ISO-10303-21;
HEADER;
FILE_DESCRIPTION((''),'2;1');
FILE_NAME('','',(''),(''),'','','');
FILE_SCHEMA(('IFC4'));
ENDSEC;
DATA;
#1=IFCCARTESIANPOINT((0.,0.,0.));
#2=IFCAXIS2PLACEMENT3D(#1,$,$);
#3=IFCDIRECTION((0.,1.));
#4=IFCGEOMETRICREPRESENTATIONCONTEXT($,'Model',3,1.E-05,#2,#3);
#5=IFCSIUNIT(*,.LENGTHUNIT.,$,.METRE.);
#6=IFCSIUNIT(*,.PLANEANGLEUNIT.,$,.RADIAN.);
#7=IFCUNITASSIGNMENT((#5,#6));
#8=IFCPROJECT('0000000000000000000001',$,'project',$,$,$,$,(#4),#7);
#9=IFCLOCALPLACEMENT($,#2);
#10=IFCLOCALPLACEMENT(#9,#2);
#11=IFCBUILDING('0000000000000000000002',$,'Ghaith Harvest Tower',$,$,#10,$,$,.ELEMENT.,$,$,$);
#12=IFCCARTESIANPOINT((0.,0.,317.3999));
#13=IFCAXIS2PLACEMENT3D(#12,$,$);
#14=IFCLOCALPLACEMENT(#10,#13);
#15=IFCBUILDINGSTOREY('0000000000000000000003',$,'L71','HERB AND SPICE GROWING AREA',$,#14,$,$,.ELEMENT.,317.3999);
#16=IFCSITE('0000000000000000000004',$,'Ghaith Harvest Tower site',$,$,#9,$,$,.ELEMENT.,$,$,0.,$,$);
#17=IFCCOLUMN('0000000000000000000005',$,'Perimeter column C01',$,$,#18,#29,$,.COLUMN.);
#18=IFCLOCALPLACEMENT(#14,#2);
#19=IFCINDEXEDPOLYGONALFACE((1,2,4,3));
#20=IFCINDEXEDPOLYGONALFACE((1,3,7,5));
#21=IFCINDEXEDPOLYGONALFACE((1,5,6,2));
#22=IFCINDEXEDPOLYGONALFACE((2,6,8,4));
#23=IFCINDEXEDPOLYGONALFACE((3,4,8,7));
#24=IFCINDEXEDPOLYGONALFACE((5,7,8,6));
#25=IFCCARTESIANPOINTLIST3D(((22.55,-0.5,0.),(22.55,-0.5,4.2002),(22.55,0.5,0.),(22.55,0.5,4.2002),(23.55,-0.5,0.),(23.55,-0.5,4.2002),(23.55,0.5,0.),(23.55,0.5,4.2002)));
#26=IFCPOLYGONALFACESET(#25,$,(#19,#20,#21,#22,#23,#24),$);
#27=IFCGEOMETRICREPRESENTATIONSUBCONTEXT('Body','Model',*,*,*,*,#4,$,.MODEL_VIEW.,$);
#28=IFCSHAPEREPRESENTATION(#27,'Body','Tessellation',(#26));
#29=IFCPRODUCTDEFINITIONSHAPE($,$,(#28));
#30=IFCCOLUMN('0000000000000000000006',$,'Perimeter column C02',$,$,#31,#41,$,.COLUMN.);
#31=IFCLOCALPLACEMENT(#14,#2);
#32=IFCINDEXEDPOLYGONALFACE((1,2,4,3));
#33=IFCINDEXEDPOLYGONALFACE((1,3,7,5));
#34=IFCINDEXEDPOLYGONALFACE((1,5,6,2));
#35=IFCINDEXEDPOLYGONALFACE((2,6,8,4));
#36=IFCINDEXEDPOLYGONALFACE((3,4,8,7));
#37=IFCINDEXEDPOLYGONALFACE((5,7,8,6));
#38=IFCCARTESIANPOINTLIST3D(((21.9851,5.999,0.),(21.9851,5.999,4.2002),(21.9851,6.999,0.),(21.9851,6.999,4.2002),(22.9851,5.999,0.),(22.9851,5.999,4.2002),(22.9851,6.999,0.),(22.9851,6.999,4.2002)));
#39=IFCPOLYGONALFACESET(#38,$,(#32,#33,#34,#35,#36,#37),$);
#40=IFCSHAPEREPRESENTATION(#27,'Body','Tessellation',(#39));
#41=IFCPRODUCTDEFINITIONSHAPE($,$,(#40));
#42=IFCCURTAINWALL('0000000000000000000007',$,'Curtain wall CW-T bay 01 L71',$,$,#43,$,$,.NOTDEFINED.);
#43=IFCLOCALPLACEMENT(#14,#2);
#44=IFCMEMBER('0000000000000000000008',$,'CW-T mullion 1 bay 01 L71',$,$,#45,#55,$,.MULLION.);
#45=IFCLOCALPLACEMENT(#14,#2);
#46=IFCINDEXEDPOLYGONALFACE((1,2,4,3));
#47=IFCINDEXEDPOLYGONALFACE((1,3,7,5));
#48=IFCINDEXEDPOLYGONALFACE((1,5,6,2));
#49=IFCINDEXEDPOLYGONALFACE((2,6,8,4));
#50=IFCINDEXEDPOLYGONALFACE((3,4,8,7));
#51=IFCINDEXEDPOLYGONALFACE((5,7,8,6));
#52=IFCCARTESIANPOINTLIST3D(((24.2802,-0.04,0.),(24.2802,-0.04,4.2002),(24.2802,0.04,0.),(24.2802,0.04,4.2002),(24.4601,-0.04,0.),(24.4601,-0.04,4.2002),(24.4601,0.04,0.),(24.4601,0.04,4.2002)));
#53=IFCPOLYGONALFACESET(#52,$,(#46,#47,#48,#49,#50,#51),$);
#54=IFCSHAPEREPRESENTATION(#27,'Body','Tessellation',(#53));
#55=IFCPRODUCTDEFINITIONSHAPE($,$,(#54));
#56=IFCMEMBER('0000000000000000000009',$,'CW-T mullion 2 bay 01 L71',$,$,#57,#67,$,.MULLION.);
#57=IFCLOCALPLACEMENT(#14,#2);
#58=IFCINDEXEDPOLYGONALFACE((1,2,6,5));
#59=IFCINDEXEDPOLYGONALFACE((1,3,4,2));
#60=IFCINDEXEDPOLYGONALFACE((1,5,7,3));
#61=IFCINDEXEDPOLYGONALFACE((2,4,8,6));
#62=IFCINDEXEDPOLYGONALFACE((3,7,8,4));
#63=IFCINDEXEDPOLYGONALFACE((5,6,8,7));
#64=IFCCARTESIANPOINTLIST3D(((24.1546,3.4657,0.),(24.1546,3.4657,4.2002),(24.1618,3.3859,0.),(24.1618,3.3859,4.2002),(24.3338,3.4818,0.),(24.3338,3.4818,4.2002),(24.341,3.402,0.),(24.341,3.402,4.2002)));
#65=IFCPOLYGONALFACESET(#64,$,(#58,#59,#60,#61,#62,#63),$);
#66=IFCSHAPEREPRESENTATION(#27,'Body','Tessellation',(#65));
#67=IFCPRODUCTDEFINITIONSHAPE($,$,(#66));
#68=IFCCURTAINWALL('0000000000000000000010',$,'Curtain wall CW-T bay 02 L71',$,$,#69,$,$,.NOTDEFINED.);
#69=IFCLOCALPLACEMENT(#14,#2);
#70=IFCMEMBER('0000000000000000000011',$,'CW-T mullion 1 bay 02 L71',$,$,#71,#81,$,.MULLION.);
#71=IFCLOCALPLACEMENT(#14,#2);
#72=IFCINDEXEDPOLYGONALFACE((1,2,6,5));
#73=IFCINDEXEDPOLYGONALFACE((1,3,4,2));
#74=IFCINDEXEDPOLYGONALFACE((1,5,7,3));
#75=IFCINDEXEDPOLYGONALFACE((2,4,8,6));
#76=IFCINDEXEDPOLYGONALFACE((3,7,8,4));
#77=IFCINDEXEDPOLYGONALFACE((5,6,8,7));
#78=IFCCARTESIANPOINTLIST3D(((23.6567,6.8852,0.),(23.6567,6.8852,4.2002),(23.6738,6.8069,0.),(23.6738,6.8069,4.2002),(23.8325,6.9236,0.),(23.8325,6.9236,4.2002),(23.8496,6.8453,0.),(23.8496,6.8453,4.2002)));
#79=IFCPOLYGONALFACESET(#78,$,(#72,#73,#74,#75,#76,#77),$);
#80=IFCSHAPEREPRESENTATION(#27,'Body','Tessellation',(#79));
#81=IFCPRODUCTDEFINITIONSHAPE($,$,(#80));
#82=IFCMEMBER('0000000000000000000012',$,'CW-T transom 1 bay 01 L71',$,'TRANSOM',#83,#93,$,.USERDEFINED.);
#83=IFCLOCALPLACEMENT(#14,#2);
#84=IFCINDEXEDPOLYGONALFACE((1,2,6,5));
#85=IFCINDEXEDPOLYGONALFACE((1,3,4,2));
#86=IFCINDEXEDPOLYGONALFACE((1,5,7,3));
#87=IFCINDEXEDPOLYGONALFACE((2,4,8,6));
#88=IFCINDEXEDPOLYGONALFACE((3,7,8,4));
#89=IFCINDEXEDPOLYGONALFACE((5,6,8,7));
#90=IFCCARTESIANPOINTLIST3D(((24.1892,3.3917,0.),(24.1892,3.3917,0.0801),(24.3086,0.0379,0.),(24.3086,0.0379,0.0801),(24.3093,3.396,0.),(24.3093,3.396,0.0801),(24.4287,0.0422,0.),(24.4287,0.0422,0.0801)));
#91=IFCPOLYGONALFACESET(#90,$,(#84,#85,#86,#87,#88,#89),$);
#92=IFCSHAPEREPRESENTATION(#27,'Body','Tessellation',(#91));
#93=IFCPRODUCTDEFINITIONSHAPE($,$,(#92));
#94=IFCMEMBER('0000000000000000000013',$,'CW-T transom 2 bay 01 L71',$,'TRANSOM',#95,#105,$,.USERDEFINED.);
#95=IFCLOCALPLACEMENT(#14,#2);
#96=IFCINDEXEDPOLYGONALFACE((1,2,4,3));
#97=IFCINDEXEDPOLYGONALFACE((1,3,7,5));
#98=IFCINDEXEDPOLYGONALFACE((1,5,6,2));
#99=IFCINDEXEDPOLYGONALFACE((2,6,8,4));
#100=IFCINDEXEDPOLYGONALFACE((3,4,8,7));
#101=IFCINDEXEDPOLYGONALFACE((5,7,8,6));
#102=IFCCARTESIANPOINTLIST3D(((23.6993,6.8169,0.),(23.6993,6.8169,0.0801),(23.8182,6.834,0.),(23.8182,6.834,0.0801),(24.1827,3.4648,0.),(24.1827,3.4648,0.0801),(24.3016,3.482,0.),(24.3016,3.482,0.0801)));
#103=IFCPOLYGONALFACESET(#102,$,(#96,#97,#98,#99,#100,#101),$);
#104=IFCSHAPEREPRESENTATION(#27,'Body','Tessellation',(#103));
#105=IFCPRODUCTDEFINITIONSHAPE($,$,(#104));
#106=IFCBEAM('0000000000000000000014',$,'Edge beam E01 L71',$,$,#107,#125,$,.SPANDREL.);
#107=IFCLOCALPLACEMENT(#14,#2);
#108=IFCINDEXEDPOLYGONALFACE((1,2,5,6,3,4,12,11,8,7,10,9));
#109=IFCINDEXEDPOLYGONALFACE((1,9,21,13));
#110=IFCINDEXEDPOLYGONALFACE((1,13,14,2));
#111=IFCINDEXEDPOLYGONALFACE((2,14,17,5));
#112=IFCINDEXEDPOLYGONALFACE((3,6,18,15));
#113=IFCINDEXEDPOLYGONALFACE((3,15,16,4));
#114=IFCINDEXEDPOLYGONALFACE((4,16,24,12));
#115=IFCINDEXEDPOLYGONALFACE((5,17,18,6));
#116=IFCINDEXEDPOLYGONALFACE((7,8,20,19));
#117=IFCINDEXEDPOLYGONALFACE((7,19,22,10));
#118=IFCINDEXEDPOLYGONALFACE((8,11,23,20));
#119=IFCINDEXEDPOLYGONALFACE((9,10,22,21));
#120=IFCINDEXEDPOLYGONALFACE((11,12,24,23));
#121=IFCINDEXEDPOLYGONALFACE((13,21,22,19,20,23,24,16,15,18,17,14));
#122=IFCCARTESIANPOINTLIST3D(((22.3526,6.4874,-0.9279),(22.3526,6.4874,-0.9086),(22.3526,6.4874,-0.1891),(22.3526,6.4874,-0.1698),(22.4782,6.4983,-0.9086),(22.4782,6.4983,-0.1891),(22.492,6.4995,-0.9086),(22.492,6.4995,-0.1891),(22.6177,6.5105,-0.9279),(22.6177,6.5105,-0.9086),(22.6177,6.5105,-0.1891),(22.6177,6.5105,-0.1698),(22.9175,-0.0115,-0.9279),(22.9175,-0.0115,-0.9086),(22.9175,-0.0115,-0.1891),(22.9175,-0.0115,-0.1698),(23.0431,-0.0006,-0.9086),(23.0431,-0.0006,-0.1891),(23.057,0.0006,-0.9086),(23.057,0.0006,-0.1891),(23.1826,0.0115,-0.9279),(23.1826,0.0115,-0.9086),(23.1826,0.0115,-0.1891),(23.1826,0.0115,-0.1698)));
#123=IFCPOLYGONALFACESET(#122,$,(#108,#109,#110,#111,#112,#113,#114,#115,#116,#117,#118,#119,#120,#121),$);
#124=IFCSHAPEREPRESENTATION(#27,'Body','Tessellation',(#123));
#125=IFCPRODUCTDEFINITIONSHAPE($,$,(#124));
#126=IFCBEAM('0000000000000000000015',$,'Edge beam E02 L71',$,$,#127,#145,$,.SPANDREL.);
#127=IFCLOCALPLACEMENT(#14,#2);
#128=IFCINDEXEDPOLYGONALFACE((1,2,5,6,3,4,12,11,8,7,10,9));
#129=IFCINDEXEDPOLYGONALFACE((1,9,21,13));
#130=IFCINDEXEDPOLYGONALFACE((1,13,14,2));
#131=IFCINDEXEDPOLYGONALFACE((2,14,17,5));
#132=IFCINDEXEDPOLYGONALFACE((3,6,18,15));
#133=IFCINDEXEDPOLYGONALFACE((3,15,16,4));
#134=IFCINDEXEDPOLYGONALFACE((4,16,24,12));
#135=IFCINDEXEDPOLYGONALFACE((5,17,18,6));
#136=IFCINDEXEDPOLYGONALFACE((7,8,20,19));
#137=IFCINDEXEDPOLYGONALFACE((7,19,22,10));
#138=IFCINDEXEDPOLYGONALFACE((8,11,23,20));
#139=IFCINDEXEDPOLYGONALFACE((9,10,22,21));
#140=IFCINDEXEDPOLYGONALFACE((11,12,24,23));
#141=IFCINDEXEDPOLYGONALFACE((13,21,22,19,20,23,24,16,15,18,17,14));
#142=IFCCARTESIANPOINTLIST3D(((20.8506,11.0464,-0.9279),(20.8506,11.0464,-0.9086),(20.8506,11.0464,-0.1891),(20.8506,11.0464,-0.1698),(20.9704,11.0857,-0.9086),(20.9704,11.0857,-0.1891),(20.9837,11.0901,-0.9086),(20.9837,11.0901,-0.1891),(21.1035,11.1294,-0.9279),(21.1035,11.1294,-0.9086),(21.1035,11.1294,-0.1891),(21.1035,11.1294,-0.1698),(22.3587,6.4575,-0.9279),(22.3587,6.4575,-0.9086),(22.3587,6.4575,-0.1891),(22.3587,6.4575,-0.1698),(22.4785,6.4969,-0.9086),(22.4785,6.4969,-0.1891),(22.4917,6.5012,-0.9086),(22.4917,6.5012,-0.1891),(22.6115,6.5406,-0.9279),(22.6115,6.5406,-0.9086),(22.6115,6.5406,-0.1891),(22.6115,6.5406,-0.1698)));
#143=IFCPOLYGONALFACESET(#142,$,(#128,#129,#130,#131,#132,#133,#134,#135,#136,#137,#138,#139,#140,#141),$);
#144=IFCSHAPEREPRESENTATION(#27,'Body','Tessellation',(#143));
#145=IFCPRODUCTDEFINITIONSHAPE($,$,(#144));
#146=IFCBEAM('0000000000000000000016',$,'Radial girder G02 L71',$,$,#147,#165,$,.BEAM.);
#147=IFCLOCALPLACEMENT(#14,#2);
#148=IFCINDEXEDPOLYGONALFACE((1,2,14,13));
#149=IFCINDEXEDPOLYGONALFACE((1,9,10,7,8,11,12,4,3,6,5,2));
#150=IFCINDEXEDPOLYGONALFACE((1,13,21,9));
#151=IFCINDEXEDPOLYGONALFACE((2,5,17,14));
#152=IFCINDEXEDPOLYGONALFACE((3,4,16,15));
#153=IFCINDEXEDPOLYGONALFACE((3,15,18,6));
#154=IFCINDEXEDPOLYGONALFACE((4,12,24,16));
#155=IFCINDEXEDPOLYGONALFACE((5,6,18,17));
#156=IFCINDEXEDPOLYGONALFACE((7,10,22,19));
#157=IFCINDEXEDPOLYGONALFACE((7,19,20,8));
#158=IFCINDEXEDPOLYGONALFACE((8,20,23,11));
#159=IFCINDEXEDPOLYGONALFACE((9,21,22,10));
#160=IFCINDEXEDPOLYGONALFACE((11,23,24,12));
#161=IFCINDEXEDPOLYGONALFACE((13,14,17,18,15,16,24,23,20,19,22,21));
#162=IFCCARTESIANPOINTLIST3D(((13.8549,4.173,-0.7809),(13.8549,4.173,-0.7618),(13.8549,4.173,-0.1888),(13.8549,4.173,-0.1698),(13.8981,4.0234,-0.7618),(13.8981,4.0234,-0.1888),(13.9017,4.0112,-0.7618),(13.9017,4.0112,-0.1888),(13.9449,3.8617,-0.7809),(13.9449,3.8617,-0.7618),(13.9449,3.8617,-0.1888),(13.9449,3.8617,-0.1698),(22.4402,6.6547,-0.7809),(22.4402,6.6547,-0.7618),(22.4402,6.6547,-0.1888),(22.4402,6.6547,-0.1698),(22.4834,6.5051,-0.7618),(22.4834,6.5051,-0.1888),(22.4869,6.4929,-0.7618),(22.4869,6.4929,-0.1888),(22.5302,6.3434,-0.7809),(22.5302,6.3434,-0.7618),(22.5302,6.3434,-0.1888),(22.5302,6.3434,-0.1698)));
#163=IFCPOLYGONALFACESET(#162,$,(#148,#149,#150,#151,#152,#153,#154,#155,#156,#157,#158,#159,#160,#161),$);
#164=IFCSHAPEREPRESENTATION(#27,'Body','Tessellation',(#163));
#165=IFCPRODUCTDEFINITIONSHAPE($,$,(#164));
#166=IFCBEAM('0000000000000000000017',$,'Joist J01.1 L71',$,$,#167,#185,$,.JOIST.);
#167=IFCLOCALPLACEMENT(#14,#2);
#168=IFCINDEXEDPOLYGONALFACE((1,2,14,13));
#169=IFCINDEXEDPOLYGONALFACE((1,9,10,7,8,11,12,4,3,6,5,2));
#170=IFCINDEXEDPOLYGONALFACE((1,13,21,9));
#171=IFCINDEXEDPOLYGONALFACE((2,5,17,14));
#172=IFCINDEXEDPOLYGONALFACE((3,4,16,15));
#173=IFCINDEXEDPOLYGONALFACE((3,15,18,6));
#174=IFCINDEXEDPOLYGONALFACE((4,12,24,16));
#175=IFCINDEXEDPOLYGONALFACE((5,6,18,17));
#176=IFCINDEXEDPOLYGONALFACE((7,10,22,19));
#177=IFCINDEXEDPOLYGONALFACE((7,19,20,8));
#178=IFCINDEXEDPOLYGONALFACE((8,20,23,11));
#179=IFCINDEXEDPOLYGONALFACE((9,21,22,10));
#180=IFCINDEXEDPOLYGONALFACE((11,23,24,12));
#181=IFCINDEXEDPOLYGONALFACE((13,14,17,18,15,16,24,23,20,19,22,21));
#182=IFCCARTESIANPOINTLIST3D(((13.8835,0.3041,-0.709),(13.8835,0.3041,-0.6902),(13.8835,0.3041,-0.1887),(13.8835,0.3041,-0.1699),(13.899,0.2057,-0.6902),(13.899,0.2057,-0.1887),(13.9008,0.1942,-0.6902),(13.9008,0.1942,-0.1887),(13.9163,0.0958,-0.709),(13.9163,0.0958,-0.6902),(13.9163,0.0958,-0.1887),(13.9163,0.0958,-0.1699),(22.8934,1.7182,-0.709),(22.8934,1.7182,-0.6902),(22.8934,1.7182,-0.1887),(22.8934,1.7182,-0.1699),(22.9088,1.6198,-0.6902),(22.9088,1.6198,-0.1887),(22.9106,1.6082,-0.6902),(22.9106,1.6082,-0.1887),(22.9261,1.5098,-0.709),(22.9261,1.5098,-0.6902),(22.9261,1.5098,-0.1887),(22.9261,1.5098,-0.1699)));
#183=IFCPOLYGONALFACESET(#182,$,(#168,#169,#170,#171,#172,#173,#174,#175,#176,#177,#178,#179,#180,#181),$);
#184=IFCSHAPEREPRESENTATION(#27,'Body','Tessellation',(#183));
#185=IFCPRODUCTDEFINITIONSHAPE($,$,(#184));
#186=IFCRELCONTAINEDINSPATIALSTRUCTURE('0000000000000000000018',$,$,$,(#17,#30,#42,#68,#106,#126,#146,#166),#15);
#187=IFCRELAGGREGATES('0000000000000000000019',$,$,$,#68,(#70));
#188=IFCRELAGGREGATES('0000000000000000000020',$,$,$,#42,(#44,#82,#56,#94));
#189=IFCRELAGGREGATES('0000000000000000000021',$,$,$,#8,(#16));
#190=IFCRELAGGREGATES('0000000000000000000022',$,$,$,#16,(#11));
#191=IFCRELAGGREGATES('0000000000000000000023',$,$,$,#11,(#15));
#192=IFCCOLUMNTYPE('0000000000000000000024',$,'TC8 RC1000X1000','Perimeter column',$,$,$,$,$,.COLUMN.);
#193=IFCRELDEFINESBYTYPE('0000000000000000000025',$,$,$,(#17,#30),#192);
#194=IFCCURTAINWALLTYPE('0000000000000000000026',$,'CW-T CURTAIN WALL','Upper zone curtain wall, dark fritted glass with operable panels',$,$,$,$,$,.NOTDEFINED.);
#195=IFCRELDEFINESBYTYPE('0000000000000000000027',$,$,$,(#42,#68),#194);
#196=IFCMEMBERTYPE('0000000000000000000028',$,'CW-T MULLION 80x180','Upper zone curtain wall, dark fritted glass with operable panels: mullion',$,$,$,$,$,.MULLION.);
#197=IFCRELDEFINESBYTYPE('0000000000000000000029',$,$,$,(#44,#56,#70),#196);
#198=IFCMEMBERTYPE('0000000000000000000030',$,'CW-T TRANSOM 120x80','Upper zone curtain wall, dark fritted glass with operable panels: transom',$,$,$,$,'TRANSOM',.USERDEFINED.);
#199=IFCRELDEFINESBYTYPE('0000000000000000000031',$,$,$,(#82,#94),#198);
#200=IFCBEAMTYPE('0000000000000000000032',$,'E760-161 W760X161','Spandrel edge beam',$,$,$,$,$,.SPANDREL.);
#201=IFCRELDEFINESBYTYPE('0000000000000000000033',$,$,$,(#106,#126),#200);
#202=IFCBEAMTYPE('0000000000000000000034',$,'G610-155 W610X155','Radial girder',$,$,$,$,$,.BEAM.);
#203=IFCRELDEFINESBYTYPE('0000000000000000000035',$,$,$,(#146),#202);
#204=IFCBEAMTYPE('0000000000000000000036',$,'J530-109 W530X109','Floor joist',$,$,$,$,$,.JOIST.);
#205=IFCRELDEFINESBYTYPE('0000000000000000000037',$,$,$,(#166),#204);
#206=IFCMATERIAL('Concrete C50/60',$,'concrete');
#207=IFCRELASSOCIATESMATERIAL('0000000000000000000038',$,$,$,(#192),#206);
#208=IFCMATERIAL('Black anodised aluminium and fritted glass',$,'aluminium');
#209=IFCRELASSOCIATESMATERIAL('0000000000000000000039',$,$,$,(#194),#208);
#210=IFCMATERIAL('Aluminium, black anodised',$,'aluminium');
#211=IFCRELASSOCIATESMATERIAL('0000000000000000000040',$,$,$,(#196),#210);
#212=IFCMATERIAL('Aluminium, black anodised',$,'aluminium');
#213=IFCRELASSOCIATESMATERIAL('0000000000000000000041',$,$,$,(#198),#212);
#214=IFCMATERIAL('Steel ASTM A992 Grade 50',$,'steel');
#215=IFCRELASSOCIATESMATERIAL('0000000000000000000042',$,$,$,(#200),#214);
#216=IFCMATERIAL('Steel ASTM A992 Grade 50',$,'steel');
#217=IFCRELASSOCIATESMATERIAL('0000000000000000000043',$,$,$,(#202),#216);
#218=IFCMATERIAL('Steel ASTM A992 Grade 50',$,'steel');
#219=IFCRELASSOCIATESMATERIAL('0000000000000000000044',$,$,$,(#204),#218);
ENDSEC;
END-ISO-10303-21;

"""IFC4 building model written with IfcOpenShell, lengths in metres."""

from ifc_helpers import new_model, si_unit, direction, frame, origin, origin_2d, place, context, subcontext, project, spatial, rectangle, i_section, extrude, material, material_profile, profile_set, type_object, element, aggregate, save


model = new_model("IFC4")

# Units and contexts
model_context = context("Model", 3, precision=1e-05, world=origin(), true_north=direction((0.0, 1.0)))
body_context = subcontext(model_context, "Body", "Model", "MODEL_VIEW")
ifc_project = project(units=[si_unit("LENGTHUNIT", "METRE"), si_unit("PLANEANGLEUNIT", "RADIAN")], contexts=[model_context])

# Site, building, storey
site_placement = place(None, origin())
site = spatial("IfcSite", under=ifc_project, at=site_placement, Name="Ghaith Harvest Tower site", CompositionType="ELEMENT", RefElevation=0.0)
building_placement = place(site_placement, origin())
building = spatial("IfcBuilding", under=site, at=building_placement, Name="Ghaith Harvest Tower", CompositionType="ELEMENT")
storey_placement = place(building_placement, frame((0.0, 0.0, 317.3999)))
storey = spatial("IfcBuildingStorey", under=building, at=storey_placement, Name="L71", Description="HERB AND SPICE GROWING AREA", CompositionType="ELEMENT", Elevation=317.3999)

# Columns
ifc_material_1 = material(Name="Concrete C50/60", Category="concrete")
ifc_material_profile_1 = material_profile(ifc_material_1, rectangle(XDim=1.0, YDim=1.0, at=origin_2d()), Name="RC1000X1000")
ifc_profile_set_1 = profile_set([ifc_material_profile_1], Name="Concrete C50/60")
column_type = type_object("IfcColumnType", Name="TC8 RC1000X1000", Description="Perimeter column", PredefinedType="COLUMN", material=ifc_profile_set_1)
for number, where, z_axis, x_axis, name in (
    (1, (23.05, 0.0, 0.0), (0.0, 0.0, 1.0), (1.0, 0.0, 0.0), "Perimeter column C01"),
    (2, (22.4851, 6.499, 0.0), (0.0, 0.0, 1.0), (1.0, 0.0, 0.0), "Perimeter column C02"),
):
    element("IfcColumn", number, at=place(storey_placement, frame(where, z_axis=z_axis, x_axis=x_axis)), inside=storey, type_object=column_type, Name=name, PredefinedType="COLUMN", context=body_context, shape_type="SweptSolid", body=[
        extrude(rectangle(XDim=1.0, YDim=1.0, at=origin_2d()), origin(), (0.0, 0.0, 1.0), 4.2002),
    ])

# Curtain wall, members
ifc_material_2 = material(Name="Black anodised aluminium and fritted glass", Category="aluminium")
curtain_wall_type = type_object("IfcCurtainWallType", Name="CW-T CURTAIN WALL", Description="Upper zone curtain wall, dark fritted glass with operable panels", PredefinedType="NOTDEFINED", material=ifc_material_2)
curtain_wall_1_placement = place(storey_placement, origin())
curtain_wall_1 = element("IfcCurtainWall", 3, at=curtain_wall_1_placement, inside=storey, type_object=curtain_wall_type, Name="Curtain wall CW-T bay 01 L71", PredefinedType="NOTDEFINED")
ifc_material_3 = material(Name="Aluminium, black anodised", Category="aluminium")
ifc_material_profile_2 = material_profile(ifc_material_3, rectangle(XDim=0.0801, YDim=0.1799, at=origin_2d()), Name="CW-T MULLION 80x180")
ifc_profile_set_2 = profile_set([ifc_material_profile_2], Name="Aluminium, black anodised")
member_type_1 = type_object("IfcMemberType", Name="CW-T MULLION 80x180", Description="Upper zone curtain wall, dark fritted glass with operable panels: mullion", PredefinedType="MULLION", material=ifc_profile_set_2)
member_1_placement = place(storey_placement, frame((24.3701, 0.0, 0.0), z_axis=(0.0, 0.0, 1.0), x_axis=(0.0, 1.0, 0.0)))
member_1 = element("IfcMember", 4, at=member_1_placement, type_object=member_type_1, Name="CW-T mullion 1 bay 01 L71", PredefinedType="MULLION", context=body_context, shape_type="SweptSolid", body=[
    extrude(rectangle(XDim=0.0801, YDim=0.1799, at=origin_2d()), origin(), (0.0, 0.0, 1.0), 4.2002),
])
member_2_placement = place(storey_placement, frame((24.2478, 3.4338, 0.0), z_axis=(0.0, 0.0, 1.0), x_axis=(-0.089502, 0.995987, 0.0)))
member_2 = element("IfcMember", 5, at=member_2_placement, type_object=member_type_1, Name="CW-T mullion 2 bay 01 L71", PredefinedType="MULLION", context=body_context, shape_type="SweptSolid", body=[
    extrude(rectangle(XDim=0.0801, YDim=0.1799, at=origin_2d()), origin(), (0.0, 0.0, 1.0), 4.2002),
])

# Curtain wall, member
curtain_wall_2_placement = place(storey_placement, origin())
curtain_wall_2 = element("IfcCurtainWall", 6, at=curtain_wall_2_placement, inside=storey, type_object=curtain_wall_type, Name="Curtain wall CW-T bay 02 L71", PredefinedType="NOTDEFINED")
member_3_placement = place(storey_placement, frame((23.7532, 6.8652, 0.0), z_axis=(0.0, 0.0, 1.0), x_axis=(-0.213402, 0.976964, 0.0)))
member_3 = element("IfcMember", 7, at=member_3_placement, type_object=member_type_1, Name="CW-T mullion 1 bay 02 L71", PredefinedType="MULLION", context=body_context, shape_type="SweptSolid", body=[
    extrude(rectangle(XDim=0.0801, YDim=0.1799, at=origin_2d()), origin(), (0.0, 0.0, 1.0), 4.2002),
])
aggregate(curtain_wall_2, [member_3])

# Members
ifc_material_4 = material(Name="Aluminium, black anodised", Category="aluminium")
ifc_material_profile_3 = material_profile(ifc_material_4, rectangle(XDim=0.1201, YDim=0.0801, at=origin_2d()), Name="CW-T TRANSOM 120x80")
ifc_profile_set_3 = profile_set([ifc_material_profile_3], Name="Aluminium, black anodised")
member_type_2 = type_object("IfcMemberType", Name="CW-T TRANSOM 120x80", Description="Upper zone curtain wall, dark fritted glass with operable panels: transom", ElementType="TRANSOM", PredefinedType="USERDEFINED", material=ifc_profile_set_3)
member_4_placement = place(storey_placement, frame((24.3687, 0.04, 0.04), z_axis=(-0.035575, 0.999367, 0.0), x_axis=(-0.999367, -0.035575, 0.0)))
member_4 = element("IfcMember", 8, at=member_4_placement, type_object=member_type_2, Name="CW-T transom 1 bay 01 L71", ObjectType="TRANSOM", PredefinedType="USERDEFINED", context=body_context, shape_type="SweptSolid", body=[
    extrude(rectangle(XDim=0.1201, YDim=0.0801, at=origin_2d()), origin(), (0.0, 0.0, 1.0), 3.356),
])
member_5_placement = place(storey_placement, frame((24.2422, 3.4734, 0.04), z_axis=(-0.142733, 0.989761, 0.0), x_axis=(-0.989761, -0.142733, 0.0)))
member_5 = element("IfcMember", 9, at=member_5_placement, type_object=member_type_2, Name="CW-T transom 2 bay 01 L71", ObjectType="TRANSOM", PredefinedType="USERDEFINED", context=body_context, shape_type="SweptSolid", body=[
    extrude(rectangle(XDim=0.1201, YDim=0.0801, at=origin_2d()), origin(), (0.0, 0.0, 1.0), 3.3867),
])

# Beams
ifc_material_5 = material(Name="Steel ASTM A992 Grade 50", Category="steel")
ifc_material_profile_4 = material_profile(ifc_material_5, i_section(OverallWidth=0.2661, OverallDepth=0.7581, WebThickness=0.0139, FlangeThickness=0.0193, at=origin_2d()), Name="W760X161")
ifc_profile_set_4 = profile_set([ifc_material_profile_4], Name="Steel ASTM A992 Grade 50")
beam_type_1 = type_object("IfcBeamType", Name="E760-161 W760X161", Description="Spandrel edge beam", PredefinedType="SPANDREL", material=ifc_profile_set_4)
beam_1_placement = place(storey_placement, frame((23.05, 0.0, -0.5488), z_axis=(-0.086601, 0.996243, 0.0), x_axis=(-0.996243, -0.086601, 0.0)))
element("IfcBeam", 10, at=beam_1_placement, inside=storey, type_object=beam_type_1, Name="Edge beam E01 L71", PredefinedType="SPANDREL", context=body_context, shape_type="SweptSolid", body=[
    extrude(i_section(OverallWidth=0.2661, OverallDepth=0.7581, WebThickness=0.0139, FlangeThickness=0.0193, at=origin_2d()), origin(), (0.0, 0.0, 1.0), 6.5234),
])
beam_2_placement = place(storey_placement, frame((22.4851, 6.499, -0.5488), z_axis=(-0.312207, 0.950014, 0.0), x_axis=(-0.950014, -0.312207, 0.0)))
element("IfcBeam", 11, at=beam_2_placement, inside=storey, type_object=beam_type_1, Name="Edge beam E02 L71", PredefinedType="SPANDREL", context=body_context, shape_type="SweptSolid", body=[
    extrude(i_section(OverallWidth=0.2661, OverallDepth=0.7581, WebThickness=0.0139, FlangeThickness=0.0193, at=origin_2d()), origin(), (0.0, 0.0, 1.0), 4.8303),
])
ifc_material_6 = material(Name="Steel ASTM A992 Grade 50", Category="steel")
ifc_material_profile_5 = material_profile(ifc_material_6, i_section(OverallWidth=0.324, OverallDepth=0.6111, WebThickness=0.0127, FlangeThickness=0.019, at=origin_2d()), Name="W610X155")
ifc_profile_set_5 = profile_set([ifc_material_profile_5], Name="Steel ASTM A992 Grade 50")
beam_type_2 = type_object("IfcBeamType", Name="G610-155 W610X155", Description="Radial girder", PredefinedType="BEAM", material=ifc_profile_set_5)
beam_3_placement = place(storey_placement, frame((13.8999, 4.0173, -0.4753), z_axis=(0.960669, 0.277697, 0.0), x_axis=(-0.277697, 0.960669, 0.0)))
element("IfcBeam", 12, at=beam_3_placement, inside=storey, type_object=beam_type_2, Name="Radial girder G02 L71", PredefinedType="BEAM", context=body_context, shape_type="SweptSolid", body=[
    extrude(i_section(OverallWidth=0.324, OverallDepth=0.6111, WebThickness=0.0127, FlangeThickness=0.019, at=origin_2d()), origin(), (0.0, 0.0, 1.0), 8.9368),
])
ifc_material_7 = material(Name="Steel ASTM A992 Grade 50", Category="steel")
ifc_material_profile_6 = material_profile(ifc_material_7, i_section(OverallWidth=0.2109, OverallDepth=0.5391, WebThickness=0.0117, FlangeThickness=0.0188, at=origin_2d()), Name="W530X109")
ifc_profile_set_6 = profile_set([ifc_material_profile_6], Name="Steel ASTM A992 Grade 50")
beam_type_3 = type_object("IfcBeamType", Name="J530-109 W530X109", Description="Floor joist", PredefinedType="JOIST", material=ifc_profile_set_6)
beam_4_placement = place(storey_placement, frame((13.8999, 0.2, -0.4395), z_axis=(0.987907, 0.15505, 0.0), x_axis=(-0.15505, 0.987907, 0.0)))
element("IfcBeam", 13, at=beam_4_placement, inside=storey, type_object=beam_type_3, Name="Joist J01.1 L71", PredefinedType="JOIST", context=body_context, shape_type="SweptSolid", body=[
    extrude(i_section(OverallWidth=0.2109, OverallDepth=0.5391, WebThickness=0.0117, FlangeThickness=0.0188, at=origin_2d()), origin(), (0.0, 0.0, 1.0), 9.1201),
])

aggregate(curtain_wall_1, [member_1, member_4, member_2, member_5])

save(model, "model.ifc")
